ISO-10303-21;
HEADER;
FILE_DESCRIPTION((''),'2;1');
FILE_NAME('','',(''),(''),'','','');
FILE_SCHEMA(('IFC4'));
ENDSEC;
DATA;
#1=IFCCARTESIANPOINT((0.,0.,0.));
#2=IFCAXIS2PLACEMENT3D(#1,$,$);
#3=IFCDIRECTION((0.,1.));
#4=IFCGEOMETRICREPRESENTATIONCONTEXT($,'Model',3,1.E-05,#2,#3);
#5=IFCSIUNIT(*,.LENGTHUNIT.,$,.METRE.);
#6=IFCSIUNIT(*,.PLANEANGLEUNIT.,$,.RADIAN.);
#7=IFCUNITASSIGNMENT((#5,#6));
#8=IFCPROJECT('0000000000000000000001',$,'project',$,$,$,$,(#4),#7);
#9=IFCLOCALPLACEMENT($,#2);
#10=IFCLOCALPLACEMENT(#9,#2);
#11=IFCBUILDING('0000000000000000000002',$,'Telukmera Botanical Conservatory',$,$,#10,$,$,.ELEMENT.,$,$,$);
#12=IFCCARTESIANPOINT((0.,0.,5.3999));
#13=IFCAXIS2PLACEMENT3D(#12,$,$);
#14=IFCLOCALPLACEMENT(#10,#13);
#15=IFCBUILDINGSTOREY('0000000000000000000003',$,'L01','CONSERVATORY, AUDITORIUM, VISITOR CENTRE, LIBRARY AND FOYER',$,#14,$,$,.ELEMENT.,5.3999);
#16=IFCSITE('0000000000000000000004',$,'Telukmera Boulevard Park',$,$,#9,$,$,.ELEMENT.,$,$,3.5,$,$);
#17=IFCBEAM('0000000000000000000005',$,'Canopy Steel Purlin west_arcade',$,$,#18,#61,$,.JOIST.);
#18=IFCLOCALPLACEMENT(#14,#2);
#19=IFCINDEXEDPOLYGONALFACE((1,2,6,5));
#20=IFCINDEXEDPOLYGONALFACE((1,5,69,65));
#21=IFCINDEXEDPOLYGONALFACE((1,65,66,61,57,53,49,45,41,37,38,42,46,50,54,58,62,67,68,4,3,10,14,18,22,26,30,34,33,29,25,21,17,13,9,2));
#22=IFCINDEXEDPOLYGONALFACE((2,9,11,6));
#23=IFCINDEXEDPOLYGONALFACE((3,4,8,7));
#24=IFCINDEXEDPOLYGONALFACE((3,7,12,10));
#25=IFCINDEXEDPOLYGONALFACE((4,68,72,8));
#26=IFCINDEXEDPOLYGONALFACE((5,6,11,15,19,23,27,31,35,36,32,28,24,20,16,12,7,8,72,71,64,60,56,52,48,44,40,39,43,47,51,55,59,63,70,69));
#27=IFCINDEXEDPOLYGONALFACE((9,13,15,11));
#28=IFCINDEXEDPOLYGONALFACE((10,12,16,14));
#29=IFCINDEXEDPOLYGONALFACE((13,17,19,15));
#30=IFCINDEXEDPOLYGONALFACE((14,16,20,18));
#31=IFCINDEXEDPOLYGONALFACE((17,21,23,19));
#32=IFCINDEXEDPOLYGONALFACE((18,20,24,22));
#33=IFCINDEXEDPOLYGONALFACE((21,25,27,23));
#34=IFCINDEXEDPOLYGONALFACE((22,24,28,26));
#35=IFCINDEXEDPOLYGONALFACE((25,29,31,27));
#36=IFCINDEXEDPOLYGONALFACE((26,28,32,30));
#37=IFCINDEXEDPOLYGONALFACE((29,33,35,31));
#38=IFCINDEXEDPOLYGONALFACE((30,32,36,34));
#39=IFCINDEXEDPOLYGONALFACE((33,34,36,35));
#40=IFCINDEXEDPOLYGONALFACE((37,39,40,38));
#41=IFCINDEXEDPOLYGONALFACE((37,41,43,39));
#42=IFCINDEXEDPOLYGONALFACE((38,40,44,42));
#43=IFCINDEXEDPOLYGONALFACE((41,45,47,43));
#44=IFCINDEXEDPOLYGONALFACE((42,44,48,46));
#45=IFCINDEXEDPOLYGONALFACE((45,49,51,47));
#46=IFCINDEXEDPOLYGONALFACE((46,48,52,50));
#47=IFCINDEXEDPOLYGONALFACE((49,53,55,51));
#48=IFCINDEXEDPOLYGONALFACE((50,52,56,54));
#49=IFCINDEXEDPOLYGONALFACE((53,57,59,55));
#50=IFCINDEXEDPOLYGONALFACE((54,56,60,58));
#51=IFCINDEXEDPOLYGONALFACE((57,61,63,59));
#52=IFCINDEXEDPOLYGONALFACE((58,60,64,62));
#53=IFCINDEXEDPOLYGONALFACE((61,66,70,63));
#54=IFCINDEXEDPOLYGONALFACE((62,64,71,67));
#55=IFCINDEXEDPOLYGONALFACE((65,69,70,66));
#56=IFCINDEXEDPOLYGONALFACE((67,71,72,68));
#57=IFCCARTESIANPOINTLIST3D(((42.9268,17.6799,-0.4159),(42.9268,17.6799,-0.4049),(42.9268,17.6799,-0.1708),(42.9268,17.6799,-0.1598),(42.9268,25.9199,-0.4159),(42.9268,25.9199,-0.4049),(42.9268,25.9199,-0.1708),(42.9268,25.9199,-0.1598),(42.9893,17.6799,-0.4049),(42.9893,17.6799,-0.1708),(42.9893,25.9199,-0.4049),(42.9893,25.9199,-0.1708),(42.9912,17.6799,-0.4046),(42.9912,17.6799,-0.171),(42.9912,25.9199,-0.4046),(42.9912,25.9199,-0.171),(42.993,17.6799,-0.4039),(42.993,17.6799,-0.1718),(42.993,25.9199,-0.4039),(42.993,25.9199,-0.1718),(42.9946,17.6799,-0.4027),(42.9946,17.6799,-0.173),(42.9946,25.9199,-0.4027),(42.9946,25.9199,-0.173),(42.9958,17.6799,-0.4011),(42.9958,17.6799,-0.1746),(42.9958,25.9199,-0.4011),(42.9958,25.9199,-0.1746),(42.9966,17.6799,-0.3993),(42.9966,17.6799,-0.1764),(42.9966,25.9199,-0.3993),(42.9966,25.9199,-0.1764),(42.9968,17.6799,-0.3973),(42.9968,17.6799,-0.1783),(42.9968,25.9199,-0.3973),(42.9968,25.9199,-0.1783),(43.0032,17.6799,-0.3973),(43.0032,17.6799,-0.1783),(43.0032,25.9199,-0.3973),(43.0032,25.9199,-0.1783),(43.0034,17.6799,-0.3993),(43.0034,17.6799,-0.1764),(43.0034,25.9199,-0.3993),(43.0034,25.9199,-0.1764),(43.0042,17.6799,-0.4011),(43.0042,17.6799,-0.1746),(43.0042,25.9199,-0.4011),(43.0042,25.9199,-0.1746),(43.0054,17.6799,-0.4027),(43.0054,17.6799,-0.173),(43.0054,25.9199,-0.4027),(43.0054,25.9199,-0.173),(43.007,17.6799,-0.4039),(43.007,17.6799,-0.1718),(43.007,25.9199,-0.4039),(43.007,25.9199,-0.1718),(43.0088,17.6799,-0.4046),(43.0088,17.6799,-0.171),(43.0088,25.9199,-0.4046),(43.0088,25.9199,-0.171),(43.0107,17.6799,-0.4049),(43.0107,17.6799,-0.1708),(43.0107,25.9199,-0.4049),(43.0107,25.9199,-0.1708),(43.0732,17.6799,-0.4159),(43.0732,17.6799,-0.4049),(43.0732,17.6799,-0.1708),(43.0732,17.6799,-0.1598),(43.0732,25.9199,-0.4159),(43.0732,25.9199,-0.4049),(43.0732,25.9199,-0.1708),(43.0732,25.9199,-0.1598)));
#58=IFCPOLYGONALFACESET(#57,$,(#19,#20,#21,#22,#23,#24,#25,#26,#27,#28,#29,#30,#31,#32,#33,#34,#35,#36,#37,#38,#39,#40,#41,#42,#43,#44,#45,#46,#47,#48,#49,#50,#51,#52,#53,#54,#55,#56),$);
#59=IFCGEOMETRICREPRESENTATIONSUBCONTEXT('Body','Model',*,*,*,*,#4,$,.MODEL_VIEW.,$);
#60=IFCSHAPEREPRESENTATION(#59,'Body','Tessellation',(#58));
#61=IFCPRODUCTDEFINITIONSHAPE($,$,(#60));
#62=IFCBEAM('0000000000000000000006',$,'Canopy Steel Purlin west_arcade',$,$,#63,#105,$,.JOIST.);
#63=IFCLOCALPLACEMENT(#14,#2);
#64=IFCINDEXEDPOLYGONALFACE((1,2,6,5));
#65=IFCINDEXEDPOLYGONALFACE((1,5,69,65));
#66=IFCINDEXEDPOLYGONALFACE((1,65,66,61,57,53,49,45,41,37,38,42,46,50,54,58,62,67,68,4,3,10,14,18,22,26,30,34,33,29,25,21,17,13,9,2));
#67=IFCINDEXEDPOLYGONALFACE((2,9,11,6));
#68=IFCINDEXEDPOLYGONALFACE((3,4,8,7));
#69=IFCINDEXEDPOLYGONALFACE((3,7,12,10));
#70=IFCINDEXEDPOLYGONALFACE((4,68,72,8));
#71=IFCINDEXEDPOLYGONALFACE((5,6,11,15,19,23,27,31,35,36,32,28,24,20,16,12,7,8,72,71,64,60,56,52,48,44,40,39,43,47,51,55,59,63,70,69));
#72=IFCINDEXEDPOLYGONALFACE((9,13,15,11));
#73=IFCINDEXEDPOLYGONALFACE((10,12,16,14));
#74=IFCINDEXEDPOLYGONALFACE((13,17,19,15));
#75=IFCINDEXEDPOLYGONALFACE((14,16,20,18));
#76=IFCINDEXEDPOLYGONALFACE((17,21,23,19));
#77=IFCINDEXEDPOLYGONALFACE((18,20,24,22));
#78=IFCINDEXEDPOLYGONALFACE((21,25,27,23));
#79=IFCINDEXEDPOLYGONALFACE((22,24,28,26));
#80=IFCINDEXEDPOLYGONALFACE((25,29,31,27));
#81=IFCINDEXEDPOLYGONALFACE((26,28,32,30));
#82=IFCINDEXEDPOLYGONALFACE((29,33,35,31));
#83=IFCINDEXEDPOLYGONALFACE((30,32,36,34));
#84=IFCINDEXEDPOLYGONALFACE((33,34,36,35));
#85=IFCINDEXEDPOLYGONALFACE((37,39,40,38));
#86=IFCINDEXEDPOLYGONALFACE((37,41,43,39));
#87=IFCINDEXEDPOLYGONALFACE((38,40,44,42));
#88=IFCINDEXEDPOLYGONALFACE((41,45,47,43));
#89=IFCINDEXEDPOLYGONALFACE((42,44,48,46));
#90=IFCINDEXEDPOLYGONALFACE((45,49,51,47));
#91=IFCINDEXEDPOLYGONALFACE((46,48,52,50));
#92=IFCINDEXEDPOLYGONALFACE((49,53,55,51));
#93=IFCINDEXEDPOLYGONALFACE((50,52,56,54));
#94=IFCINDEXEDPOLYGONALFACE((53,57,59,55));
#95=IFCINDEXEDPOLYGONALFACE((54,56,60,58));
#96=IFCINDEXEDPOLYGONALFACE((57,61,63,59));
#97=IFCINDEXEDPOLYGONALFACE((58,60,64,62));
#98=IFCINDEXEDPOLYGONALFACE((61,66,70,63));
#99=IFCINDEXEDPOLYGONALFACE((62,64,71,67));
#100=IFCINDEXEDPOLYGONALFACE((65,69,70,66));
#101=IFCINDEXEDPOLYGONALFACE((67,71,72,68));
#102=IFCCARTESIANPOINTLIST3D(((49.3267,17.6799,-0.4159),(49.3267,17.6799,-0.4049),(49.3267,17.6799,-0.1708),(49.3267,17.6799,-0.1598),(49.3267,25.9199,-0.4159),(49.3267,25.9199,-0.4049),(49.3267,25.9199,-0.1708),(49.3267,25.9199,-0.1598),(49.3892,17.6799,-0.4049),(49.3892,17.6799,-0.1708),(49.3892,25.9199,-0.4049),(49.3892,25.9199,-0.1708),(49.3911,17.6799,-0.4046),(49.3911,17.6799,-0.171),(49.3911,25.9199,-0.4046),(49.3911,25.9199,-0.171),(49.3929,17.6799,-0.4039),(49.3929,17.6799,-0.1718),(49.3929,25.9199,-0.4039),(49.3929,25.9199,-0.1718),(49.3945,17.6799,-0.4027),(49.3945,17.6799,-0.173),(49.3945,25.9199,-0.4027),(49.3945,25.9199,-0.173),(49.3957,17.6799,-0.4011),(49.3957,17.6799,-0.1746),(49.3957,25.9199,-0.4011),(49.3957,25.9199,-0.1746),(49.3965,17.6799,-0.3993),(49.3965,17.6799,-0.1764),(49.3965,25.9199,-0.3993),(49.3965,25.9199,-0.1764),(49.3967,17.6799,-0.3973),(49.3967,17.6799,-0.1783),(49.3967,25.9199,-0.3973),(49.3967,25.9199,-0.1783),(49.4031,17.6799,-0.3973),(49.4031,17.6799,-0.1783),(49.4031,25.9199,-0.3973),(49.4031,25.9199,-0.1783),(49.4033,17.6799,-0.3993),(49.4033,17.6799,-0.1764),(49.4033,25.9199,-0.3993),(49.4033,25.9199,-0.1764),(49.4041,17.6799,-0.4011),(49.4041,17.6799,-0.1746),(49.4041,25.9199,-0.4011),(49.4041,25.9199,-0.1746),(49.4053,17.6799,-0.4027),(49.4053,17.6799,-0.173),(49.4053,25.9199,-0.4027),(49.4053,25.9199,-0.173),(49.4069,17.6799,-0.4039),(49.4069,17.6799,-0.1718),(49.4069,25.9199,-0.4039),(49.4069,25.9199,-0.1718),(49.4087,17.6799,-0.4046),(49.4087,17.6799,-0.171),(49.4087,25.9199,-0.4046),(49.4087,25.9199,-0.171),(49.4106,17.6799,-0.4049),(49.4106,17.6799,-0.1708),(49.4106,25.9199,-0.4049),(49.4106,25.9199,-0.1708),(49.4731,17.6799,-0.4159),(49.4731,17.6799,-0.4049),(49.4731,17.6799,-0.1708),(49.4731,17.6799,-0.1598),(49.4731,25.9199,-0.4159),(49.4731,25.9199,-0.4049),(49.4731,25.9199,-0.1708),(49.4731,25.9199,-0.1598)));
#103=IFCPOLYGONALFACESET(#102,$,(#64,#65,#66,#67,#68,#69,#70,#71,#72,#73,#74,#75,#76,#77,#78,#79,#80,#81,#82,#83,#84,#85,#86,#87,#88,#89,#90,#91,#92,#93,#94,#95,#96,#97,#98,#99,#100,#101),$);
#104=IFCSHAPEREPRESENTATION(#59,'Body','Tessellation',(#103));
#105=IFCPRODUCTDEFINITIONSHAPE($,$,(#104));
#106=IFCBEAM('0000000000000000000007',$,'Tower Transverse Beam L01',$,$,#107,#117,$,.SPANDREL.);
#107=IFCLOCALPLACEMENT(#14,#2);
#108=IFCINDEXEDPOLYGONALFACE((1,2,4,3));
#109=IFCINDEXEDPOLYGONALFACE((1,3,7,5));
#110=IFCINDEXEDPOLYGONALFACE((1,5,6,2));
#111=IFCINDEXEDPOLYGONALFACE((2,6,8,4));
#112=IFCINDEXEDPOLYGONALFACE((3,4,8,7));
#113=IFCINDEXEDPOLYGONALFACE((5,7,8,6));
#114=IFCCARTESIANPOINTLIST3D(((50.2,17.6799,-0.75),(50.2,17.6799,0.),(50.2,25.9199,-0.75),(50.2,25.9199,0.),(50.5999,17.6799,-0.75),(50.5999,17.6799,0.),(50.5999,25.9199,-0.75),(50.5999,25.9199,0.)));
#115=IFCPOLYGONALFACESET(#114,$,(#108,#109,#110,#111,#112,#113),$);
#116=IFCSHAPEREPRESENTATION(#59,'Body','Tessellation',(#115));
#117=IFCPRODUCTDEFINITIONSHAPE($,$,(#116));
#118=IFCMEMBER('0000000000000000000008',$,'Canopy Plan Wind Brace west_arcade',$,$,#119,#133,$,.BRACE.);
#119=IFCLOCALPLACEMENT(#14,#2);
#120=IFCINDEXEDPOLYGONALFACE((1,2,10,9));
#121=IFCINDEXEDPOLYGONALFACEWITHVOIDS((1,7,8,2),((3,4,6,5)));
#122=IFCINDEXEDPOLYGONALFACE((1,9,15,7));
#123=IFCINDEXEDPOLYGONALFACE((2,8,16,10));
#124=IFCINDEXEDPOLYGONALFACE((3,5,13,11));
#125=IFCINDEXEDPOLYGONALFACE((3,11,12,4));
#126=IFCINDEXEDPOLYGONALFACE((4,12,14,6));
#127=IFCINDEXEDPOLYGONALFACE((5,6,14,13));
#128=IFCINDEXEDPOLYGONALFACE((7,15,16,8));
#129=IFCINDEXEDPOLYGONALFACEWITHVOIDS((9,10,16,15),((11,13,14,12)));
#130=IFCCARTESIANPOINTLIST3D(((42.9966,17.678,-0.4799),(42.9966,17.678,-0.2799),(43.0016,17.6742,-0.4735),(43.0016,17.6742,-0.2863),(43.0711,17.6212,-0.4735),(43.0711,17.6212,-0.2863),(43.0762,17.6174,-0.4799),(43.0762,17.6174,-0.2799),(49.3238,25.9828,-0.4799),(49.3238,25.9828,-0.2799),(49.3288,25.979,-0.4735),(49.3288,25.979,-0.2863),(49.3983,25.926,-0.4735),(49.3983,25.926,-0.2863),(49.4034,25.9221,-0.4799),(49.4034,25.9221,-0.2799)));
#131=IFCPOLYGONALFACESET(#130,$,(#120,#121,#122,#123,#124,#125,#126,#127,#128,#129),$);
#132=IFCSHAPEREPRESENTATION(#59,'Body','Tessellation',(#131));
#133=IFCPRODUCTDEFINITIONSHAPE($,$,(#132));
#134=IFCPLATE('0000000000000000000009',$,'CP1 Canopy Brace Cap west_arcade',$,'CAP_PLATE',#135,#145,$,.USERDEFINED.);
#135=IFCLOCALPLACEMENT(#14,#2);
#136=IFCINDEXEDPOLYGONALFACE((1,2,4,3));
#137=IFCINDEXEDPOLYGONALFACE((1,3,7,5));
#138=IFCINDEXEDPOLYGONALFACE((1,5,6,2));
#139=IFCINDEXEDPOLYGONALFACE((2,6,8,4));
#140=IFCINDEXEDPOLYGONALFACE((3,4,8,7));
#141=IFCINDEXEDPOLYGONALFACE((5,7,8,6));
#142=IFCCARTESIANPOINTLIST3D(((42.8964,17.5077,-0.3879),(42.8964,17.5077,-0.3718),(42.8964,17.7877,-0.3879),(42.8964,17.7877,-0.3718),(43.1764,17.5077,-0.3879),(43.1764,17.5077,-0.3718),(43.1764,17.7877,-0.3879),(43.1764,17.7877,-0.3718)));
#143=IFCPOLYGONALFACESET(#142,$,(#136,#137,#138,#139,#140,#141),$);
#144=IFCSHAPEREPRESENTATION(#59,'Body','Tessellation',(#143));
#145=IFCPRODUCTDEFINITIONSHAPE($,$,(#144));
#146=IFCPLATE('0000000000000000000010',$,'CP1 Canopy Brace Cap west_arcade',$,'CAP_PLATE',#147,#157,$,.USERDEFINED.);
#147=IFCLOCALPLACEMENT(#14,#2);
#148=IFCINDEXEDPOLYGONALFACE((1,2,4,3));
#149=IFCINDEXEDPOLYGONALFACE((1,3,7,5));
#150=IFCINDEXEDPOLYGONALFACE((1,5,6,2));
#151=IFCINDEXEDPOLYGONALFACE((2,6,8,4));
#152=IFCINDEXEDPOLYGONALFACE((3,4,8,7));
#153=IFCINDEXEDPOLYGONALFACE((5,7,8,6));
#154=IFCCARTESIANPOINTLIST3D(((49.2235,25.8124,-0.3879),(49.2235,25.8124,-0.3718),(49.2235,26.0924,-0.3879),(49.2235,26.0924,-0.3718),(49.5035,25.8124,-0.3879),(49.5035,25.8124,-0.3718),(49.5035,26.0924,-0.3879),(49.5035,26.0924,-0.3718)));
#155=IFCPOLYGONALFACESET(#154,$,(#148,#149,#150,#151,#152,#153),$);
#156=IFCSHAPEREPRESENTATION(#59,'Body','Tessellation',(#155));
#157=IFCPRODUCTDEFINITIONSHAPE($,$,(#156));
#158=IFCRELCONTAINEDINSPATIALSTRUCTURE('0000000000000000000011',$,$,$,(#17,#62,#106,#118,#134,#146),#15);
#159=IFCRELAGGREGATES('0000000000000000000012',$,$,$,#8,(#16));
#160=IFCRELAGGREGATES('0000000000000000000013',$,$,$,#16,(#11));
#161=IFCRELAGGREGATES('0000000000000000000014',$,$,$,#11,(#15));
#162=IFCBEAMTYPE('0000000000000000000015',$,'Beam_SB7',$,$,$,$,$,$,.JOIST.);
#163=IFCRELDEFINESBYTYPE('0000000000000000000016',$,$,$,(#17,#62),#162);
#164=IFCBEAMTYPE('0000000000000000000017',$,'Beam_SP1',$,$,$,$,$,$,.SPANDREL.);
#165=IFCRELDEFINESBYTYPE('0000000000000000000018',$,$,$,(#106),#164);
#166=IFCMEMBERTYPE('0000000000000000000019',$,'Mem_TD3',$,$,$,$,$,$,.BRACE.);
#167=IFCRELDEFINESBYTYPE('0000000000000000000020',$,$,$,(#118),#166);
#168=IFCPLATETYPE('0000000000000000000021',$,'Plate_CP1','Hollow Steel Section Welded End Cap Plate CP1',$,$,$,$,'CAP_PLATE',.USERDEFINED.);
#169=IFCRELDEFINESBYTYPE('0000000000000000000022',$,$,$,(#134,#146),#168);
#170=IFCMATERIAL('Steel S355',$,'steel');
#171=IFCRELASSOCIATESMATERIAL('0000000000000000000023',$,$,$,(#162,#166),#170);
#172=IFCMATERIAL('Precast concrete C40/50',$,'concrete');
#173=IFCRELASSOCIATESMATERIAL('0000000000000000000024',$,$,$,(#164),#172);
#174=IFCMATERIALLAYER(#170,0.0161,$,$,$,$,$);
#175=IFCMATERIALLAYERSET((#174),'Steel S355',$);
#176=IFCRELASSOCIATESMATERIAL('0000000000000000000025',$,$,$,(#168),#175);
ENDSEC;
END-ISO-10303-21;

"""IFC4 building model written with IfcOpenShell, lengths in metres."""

from ifc_helpers import new_model, si_unit, direction, frame, origin, origin_2d, place, context, subcontext, project, spatial, rectangle, hollow_rectangle, i_section, extrude, material, layer, layer_set, material_profile, profile_set, type_object, element, save


model = new_model("IFC4")

# Units and contexts
model_context = context("Model", 3, precision=1e-05, world=origin(), true_north=direction((0.0, 1.0)))
body_context = subcontext(model_context, "Body", "Model", "MODEL_VIEW")
ifc_project = project(units=[si_unit("LENGTHUNIT", "METRE"), si_unit("PLANEANGLEUNIT", "RADIAN")], contexts=[model_context])

# Site, building, storey
site_placement = place(None, origin())
site = spatial("IfcSite", under=ifc_project, at=site_placement, Name="Telukmera Boulevard Park", CompositionType="ELEMENT", RefElevation=3.5)
building_placement = place(site_placement, origin())
building = spatial("IfcBuilding", under=site, at=building_placement, Name="Telukmera Botanical Conservatory", CompositionType="ELEMENT")
storey_placement = place(building_placement, frame((0.0, 0.0, 5.3999)))
storey = spatial("IfcBuildingStorey", under=building, at=storey_placement, Name="L01", Description="CONSERVATORY, AUDITORIUM, VISITOR CENTRE, LIBRARY AND FOYER", CompositionType="ELEMENT", Elevation=5.3999)

# Beams
ifc_material_1 = material(Name="Steel S355", Category="steel")
ifc_material_profile_1 = material_profile(ifc_material_1, i_section(OverallWidth=0.1465, OverallDepth=0.2561, WebThickness=0.0063, FlangeThickness=0.011, FilletRadius=0.0076, at=origin_2d()), Name="UB 254x146x37")
ifc_profile_set_1 = profile_set([ifc_material_profile_1], Name="Steel S355")
beam_type_1 = type_object("IfcBeamType", Name="Beam_SB7", PredefinedType="JOIST", material=ifc_profile_set_1)
for number, where, z_axis, x_axis, name in (
    (1, (43.0, 17.6799, -0.2878), (0.0, 1.0, 0.0), (-1.0, 0.0, 0.0), "Canopy Steel Purlin west_arcade"),
    (2, (49.3999, 17.6799, -0.2878), (0.0, 1.0, 0.0), (-1.0, 0.0, 0.0), "Canopy Steel Purlin west_arcade"),
):
    element("IfcBeam", number, at=place(storey_placement, frame(where, z_axis=z_axis, x_axis=x_axis)), inside=storey, type_object=beam_type_1, Name=name, PredefinedType="JOIST", context=body_context, shape_type="SweptSolid", body=[
        extrude(i_section(OverallWidth=0.1465, OverallDepth=0.2561, WebThickness=0.0063, FlangeThickness=0.011, FilletRadius=0.0076, at=origin_2d()), origin(), (0.0, 0.0, 1.0), 8.24),
    ])
ifc_material_2 = material(Name="Precast concrete C40/50", Category="concrete")
ifc_material_profile_2 = material_profile(ifc_material_2, rectangle(XDim=0.3999, YDim=0.75, at=origin_2d()), Name="PC 400x750")
ifc_profile_set_2 = profile_set([ifc_material_profile_2], Name="Precast concrete C40/50")
beam_type_2 = type_object("IfcBeamType", Name="Beam_SP1", PredefinedType="SPANDREL", material=ifc_profile_set_2)
beam_1_placement = place(storey_placement, frame((50.3999, 17.6799, -0.375), z_axis=(0.0, 1.0, 0.0), x_axis=(-1.0, 0.0, 0.0)))
element("IfcBeam", 3, at=beam_1_placement, inside=storey, type_object=beam_type_2, Name="Tower Transverse Beam L01", PredefinedType="SPANDREL", context=body_context, shape_type="SweptSolid", body=[
    extrude(rectangle(XDim=0.3999, YDim=0.75, at=origin_2d()), origin(), (0.0, 0.0, 1.0), 8.24),
])

# Member
ifc_material_profile_3 = material_profile(ifc_material_1, hollow_rectangle(XDim=0.1001, YDim=0.2, WallThickness=0.0063, at=origin_2d()), Name="RHS 200x100x6.3")
ifc_profile_set_3 = profile_set([ifc_material_profile_3], Name="Steel S355")
member_type = type_object("IfcMemberType", Name="Mem_TD3", PredefinedType="BRACE", material=ifc_profile_set_3)
member_placement = place(storey_placement, frame((43.0364, 17.6477, -0.3799), z_axis=(0.606029, 0.795442, 0.0), x_axis=(-0.795442, 0.606029, 0.0)))
element("IfcMember", 4, at=member_placement, inside=storey, type_object=member_type, Name="Canopy Plan Wind Brace west_arcade", PredefinedType="BRACE", context=body_context, shape_type="SweptSolid", body=[
    extrude(hollow_rectangle(XDim=0.1001, YDim=0.2, WallThickness=0.0063, at=origin_2d()), origin(), (0.0, 0.0, 1.0), 10.4404),
])

# Plates
ifc_layer_1 = layer(ifc_material_1, 0.0161)
ifc_layer_set_1 = layer_set([ifc_layer_1], Name="Steel S355")
plate_type = type_object("IfcPlateType", Name="Plate_CP1", Description="Hollow Steel Section Welded End Cap Plate CP1", ElementType="CAP_PLATE", PredefinedType="USERDEFINED", material=ifc_layer_set_1)
for number, where, z_axis, x_axis, name in (
    (5, (43.0364, 17.6477, -0.3879), (0.0, 0.0, 1.0), (1.0, 0.0, 0.0), "CP1 Canopy Brace Cap west_arcade"),
    (6, (49.3635, 25.9524, -0.3879), (0.0, 0.0, 1.0), (1.0, 0.0, 0.0), "CP1 Canopy Brace Cap west_arcade"),
):
    element("IfcPlate", number, at=place(storey_placement, frame(where, z_axis=z_axis, x_axis=x_axis)), inside=storey, type_object=plate_type, Name=name, ObjectType="CAP_PLATE", PredefinedType="USERDEFINED", context=body_context, shape_type="SweptSolid", body=[
        extrude(rectangle(XDim=0.28, YDim=0.28, at=origin_2d()), origin(), (0.0, 0.0, 1.0), 0.0161),
    ])

save(model, "model.ifc")
